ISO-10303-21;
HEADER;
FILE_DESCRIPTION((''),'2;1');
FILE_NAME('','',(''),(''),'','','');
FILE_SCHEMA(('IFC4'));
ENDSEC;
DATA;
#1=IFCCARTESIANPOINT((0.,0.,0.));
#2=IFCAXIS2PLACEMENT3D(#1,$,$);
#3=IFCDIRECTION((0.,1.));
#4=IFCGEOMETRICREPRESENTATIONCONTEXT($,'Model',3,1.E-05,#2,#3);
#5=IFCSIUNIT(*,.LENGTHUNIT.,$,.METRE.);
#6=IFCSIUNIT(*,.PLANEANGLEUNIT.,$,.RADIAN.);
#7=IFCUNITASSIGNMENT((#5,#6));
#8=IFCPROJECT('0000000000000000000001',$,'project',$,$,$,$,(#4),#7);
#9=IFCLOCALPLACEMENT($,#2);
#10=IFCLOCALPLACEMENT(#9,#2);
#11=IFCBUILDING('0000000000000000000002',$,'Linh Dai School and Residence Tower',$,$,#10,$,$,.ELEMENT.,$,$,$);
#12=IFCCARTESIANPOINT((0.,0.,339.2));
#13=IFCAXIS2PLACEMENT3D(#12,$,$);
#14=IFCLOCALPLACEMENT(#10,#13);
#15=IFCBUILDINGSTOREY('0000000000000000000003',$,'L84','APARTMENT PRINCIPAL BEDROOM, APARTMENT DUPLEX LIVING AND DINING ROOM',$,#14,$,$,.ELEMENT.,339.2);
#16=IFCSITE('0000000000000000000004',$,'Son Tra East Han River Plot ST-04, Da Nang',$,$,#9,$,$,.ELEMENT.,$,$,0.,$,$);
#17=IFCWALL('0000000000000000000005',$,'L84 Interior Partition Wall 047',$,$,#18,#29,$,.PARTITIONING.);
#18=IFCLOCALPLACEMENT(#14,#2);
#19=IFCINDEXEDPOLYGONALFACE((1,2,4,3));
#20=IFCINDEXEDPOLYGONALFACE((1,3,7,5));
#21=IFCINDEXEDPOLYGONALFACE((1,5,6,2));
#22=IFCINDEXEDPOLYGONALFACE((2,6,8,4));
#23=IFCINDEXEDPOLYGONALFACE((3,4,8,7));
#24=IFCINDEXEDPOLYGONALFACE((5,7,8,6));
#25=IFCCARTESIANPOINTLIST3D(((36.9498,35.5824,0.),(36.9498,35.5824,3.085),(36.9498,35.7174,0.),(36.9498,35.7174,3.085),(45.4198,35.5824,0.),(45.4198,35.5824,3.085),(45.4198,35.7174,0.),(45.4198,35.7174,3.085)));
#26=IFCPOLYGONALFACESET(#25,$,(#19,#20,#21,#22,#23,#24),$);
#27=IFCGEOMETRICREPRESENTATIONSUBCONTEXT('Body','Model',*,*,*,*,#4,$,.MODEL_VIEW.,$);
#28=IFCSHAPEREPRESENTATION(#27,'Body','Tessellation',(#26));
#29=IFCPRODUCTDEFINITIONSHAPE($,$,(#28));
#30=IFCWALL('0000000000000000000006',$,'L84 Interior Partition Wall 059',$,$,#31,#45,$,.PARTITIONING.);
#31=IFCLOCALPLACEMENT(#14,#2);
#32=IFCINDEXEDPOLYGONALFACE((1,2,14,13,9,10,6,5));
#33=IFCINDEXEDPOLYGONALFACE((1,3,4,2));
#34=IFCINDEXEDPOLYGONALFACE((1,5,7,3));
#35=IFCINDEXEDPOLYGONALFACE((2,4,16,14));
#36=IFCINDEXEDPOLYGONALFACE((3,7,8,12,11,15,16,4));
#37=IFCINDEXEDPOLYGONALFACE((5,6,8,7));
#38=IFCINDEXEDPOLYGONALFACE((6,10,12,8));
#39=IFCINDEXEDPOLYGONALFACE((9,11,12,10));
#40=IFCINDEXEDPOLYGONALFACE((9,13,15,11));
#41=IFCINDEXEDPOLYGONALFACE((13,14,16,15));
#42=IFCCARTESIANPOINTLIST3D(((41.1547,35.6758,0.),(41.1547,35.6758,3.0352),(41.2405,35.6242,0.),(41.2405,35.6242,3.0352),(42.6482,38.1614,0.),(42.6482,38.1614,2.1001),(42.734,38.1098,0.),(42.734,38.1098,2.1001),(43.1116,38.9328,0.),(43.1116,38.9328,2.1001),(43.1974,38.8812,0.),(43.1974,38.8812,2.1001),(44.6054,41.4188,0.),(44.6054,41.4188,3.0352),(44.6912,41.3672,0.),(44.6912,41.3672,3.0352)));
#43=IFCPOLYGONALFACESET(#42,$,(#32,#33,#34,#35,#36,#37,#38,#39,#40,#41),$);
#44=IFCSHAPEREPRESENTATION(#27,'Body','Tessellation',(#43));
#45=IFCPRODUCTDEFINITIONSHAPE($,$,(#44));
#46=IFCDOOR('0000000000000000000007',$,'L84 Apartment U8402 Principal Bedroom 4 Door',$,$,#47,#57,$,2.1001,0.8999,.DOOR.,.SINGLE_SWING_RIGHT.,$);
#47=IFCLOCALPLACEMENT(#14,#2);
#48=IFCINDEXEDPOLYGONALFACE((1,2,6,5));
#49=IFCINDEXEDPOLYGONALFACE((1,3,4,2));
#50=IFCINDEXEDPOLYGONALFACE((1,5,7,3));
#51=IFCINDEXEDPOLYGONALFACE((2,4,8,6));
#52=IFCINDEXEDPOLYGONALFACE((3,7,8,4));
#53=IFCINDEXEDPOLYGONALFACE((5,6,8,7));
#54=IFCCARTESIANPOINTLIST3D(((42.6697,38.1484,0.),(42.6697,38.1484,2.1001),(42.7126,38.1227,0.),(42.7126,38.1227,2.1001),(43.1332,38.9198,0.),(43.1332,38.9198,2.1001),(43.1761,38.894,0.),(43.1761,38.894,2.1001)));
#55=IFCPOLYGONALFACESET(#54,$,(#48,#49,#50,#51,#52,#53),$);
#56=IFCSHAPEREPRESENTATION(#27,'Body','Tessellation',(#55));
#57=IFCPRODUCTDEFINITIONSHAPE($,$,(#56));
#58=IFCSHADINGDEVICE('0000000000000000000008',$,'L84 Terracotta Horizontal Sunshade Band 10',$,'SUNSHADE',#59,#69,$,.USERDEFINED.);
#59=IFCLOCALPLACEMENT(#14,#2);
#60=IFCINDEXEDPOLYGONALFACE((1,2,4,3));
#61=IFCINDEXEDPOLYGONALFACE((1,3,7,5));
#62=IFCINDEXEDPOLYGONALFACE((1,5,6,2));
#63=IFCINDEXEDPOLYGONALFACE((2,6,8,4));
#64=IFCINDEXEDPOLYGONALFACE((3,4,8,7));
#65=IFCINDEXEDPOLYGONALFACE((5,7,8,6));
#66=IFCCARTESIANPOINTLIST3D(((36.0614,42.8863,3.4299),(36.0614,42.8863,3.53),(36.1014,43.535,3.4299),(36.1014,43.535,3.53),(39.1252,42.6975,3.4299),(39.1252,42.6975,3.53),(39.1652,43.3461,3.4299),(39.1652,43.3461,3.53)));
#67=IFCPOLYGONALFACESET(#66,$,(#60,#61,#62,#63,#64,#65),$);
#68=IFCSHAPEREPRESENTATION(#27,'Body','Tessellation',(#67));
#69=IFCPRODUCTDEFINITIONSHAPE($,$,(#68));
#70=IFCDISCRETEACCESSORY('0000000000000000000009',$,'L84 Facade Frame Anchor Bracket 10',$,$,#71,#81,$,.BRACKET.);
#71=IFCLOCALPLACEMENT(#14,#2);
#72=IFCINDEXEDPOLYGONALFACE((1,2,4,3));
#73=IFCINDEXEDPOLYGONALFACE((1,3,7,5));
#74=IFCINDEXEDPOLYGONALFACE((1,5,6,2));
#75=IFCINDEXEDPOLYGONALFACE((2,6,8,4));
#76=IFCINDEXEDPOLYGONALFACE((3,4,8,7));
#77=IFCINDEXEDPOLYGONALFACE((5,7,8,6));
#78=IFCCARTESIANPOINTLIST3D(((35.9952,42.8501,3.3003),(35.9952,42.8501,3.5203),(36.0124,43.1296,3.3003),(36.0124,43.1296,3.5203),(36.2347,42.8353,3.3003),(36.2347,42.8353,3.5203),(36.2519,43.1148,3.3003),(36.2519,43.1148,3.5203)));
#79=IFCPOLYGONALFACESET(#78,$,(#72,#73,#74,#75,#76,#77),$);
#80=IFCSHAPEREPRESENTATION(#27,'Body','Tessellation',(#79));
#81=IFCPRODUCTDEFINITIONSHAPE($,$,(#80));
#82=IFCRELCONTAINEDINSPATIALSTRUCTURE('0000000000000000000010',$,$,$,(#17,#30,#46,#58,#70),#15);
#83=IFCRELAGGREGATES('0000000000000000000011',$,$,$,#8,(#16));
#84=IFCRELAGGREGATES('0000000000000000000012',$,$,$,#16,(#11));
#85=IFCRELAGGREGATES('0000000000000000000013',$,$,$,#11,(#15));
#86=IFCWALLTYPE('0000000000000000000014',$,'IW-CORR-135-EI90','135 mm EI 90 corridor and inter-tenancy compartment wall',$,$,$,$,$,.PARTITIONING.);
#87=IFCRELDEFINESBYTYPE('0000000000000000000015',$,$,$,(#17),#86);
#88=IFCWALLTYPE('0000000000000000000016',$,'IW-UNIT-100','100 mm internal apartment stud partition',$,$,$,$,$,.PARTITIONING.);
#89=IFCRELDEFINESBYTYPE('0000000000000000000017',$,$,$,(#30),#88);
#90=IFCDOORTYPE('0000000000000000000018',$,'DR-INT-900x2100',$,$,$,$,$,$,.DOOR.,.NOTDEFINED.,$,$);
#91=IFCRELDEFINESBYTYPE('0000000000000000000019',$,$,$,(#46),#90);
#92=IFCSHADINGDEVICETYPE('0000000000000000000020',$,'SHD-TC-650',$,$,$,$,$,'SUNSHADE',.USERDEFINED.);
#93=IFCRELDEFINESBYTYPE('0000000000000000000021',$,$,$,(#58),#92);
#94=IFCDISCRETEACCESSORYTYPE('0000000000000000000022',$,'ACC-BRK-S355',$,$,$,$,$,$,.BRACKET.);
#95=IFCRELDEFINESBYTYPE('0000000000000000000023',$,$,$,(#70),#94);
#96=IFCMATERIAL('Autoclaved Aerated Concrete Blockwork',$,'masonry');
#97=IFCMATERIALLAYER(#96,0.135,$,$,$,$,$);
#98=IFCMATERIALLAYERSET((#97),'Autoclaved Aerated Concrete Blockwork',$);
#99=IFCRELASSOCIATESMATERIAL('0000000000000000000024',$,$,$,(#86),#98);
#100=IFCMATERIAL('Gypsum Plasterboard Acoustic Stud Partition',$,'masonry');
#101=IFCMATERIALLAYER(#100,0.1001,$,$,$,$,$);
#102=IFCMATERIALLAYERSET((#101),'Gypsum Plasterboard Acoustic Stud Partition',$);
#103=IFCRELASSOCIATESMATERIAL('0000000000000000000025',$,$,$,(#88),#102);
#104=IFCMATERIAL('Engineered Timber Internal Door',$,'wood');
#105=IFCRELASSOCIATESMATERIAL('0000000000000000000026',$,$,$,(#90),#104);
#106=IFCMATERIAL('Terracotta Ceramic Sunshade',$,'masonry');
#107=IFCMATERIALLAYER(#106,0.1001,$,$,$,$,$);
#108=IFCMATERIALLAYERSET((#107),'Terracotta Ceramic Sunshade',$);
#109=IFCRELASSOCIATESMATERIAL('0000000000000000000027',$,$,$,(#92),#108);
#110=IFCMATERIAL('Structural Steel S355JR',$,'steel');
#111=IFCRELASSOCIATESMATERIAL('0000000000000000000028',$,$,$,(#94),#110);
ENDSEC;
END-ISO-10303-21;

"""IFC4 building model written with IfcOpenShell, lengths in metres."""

from ifc_helpers import new_model, si_unit, direction, frame, frame_2d, origin, origin_2d, place, context, subcontext, project, spatial, rectangle, extrude, source, transform, mapped, material, layer, layer_set, type_object, element, fill, save


model = new_model("IFC4")

# Units and contexts
model_context = context("Model", 3, precision=1e-05, world=origin(), true_north=direction((0.0, 1.0)))
body_context = subcontext(model_context, "Body", "Model", "MODEL_VIEW")
ifc_project = project(units=[si_unit("LENGTHUNIT", "METRE"), si_unit("PLANEANGLEUNIT", "RADIAN")], contexts=[model_context])

# Site, building, storey
site_placement = place(None, origin())
site = spatial("IfcSite", under=ifc_project, at=site_placement, Name="Son Tra East Han River Plot ST-04, Da Nang", CompositionType="ELEMENT", RefElevation=0.0)
building_placement = place(site_placement, origin())
building = spatial("IfcBuilding", under=site, at=building_placement, Name="Linh Dai School and Residence Tower", CompositionType="ELEMENT")
storey_placement = place(building_placement, frame((0.0, 0.0, 339.2)))
storey = spatial("IfcBuildingStorey", under=building, at=storey_placement, Name="L84", Description="APARTMENT PRINCIPAL BEDROOM, APARTMENT DUPLEX LIVING AND DINING ROOM", CompositionType="ELEMENT", Elevation=339.2)

# Shared definitions
ifc_material_1 = material(Name="Structural Steel S355JR", Category="steel")

# Wall
ifc_material_2 = material(Name="Autoclaved Aerated Concrete Blockwork", Category="masonry")
ifc_layer_1 = layer(ifc_material_2, 0.135)
ifc_layer_set_1 = layer_set([ifc_layer_1], Name="Autoclaved Aerated Concrete Blockwork")
wall_type_1 = type_object("IfcWallType", Name="IW-CORR-135-EI90", Description="135 mm EI 90 corridor and inter-tenancy compartment wall", PredefinedType="PARTITIONING", material=ifc_layer_set_1)
wall_1_placement = place(storey_placement, frame((36.95, 35.6499, 0.0), z_axis=(0.0, 0.0, 1.0), x_axis=(1.0, 0.0, 0.0)))
element("IfcWall", 1, at=wall_1_placement, inside=storey, type_object=wall_type_1, Name="L84 Interior Partition Wall 047", PredefinedType="PARTITIONING", context=body_context, shape_type="SweptSolid", body=[
    extrude(rectangle(XDim=8.47, YDim=0.135, at=frame_2d((4.2349, 0.0))), origin(), (0.0, 0.0, 1.0), 3.085),
])

# Wall, opening, door
ifc_material_3 = material(Name="Gypsum Plasterboard Acoustic Stud Partition", Category="masonry")
ifc_layer_2 = layer(ifc_material_3, 0.1001)
ifc_layer_set_2 = layer_set([ifc_layer_2], Name="Gypsum Plasterboard Acoustic Stud Partition")
wall_type_2 = type_object("IfcWallType", Name="IW-UNIT-100", Description="100 mm internal apartment stud partition", PredefinedType="PARTITIONING", material=ifc_layer_set_2)
wall_2_placement = place(storey_placement, frame((41.1975, 35.6499, 0.0), z_axis=(0.0, 0.0, 1.0), x_axis=(0.515037, 0.857168, 0.0)))
wall_2 = element("IfcWall", 2, at=wall_2_placement, inside=storey, type_object=wall_type_2, Name="L84 Interior Partition Wall 059", PredefinedType="PARTITIONING", context=body_context, shape_type="SweptSolid", body=[
    extrude(rectangle(XDim=6.7, YDim=0.1001, at=frame_2d((3.3501, 0.0))), origin(), (0.0, 0.0, 1.0), 3.0352),
])
opening_1_placement = place(wall_2_placement, frame((2.8999, 0.0, 0.0)))
opening_1 = element("IfcOpeningElement", 3, at=opening_1_placement, cuts=wall_2, PredefinedType="OPENING", context=body_context, shape_type="SweptSolid", body=[
    extrude(rectangle(XDim=0.8999, YDim=2.1001, at=origin_2d()), frame((0.45, 0.0601, 1.05), z_axis=(0.0, -1.0, 0.0), x_axis=(1.0, 0.0, 0.0)), (0.0, 0.0, 1.0), 0.1201),
])
ifc_material_4 = material(Name="Engineered Timber Internal Door", Category="wood")
door_type = type_object("IfcDoorType", Name="DR-INT-900x2100", OperationType="NOTDEFINED", PredefinedType="DOOR", material=ifc_material_4)
shared_shape_1 = source(origin(), body_context, "Body", "SweptSolid", [
    extrude(rectangle(XDim=0.8999, YDim=2.1001, at=origin_2d()), frame((0.45, 0.0249, 1.05), z_axis=(0.0, -1.0, 0.0), x_axis=(1.0, 0.0, 0.0)), (0.0, 0.0, 1.0), 0.05),
])
door_placement = place(opening_1_placement, origin())
door = element("IfcDoor", 4, at=door_placement, inside=storey, type_object=door_type, Name="L84 Apartment U8402 Principal Bedroom 4 Door", OperationType="SINGLE_SWING_RIGHT", OverallHeight=2.1001, OverallWidth=0.8999, PredefinedType="DOOR", context=body_context, shape_type="MappedRepresentation", body=[
    mapped(shared_shape_1, transform((0.0, 0.0, 0.0), x_axis=(1.0, 0.0, 0.0), y_axis=(0.0, 1.0, 0.0), z_axis=(0.0, 0.0, 1.0), scale=1.0)),
])
fill(opening_1, door)

# Shading device
ifc_material_5 = material(Name="Terracotta Ceramic Sunshade", Category="masonry")
ifc_layer_3 = layer(ifc_material_5, 0.1001)
ifc_layer_set_3 = layer_set([ifc_layer_3], Name="Terracotta Ceramic Sunshade")
shading_device_type = type_object("IfcShadingDeviceType", Name="SHD-TC-650", ElementType="SUNSHADE", PredefinedType="USERDEFINED", material=ifc_layer_set_3)
shared_shape_2 = source(origin(), body_context, "Body", "SweptSolid", [
    extrude(rectangle(XDim=3.0696, YDim=0.6499, at=origin_2d()), origin(), (0.0, 0.0, 1.0), 0.1001),
])
shading_device_placement = place(storey_placement, frame((37.6133, 43.1162, 3.4299), z_axis=(0.0, 0.0, 1.0), x_axis=(0.998106, -0.061518, 0.0)))
element("IfcShadingDevice", 5, at=shading_device_placement, inside=storey, type_object=shading_device_type, Name="L84 Terracotta Horizontal Sunshade Band 10", ObjectType="SUNSHADE", PredefinedType="USERDEFINED", context=body_context, shape_type="MappedRepresentation", body=[
    mapped(shared_shape_2, transform((0.0, 0.0, 0.0), x_axis=(1.0, 0.0, 0.0), y_axis=(0.0, 1.0, 0.0), z_axis=(0.0, 0.0, 1.0), scale=1.0)),
])

# Discrete accessory
discrete_accessory_type = type_object("IfcDiscreteAccessoryType", Name="ACC-BRK-S355", PredefinedType="BRACKET", material=ifc_material_1)
shared_shape_3 = source(origin(), body_context, "Body", "SweptSolid", [
    extrude(rectangle(XDim=0.28, YDim=0.24, at=origin_2d()), origin(), (0.0, 0.0, 1.0), 0.22),
])
discrete_accessory_placement = place(storey_placement, frame((36.1235, 42.9824, 3.3003), z_axis=(0.0, 0.0, 1.0), x_axis=(0.061518, 0.998106, 0.0)))
element("IfcDiscreteAccessory", 6, at=discrete_accessory_placement, inside=storey, type_object=discrete_accessory_type, Name="L84 Facade Frame Anchor Bracket 10", PredefinedType="BRACKET", context=body_context, shape_type="MappedRepresentation", body=[
    mapped(shared_shape_3, transform((0.0, 0.0, 0.0), x_axis=(1.0, 0.0, 0.0), y_axis=(0.0, 1.0, 0.0), z_axis=(0.0, 0.0, 1.0), scale=1.0)),
])

save(model, "model.ifc")
